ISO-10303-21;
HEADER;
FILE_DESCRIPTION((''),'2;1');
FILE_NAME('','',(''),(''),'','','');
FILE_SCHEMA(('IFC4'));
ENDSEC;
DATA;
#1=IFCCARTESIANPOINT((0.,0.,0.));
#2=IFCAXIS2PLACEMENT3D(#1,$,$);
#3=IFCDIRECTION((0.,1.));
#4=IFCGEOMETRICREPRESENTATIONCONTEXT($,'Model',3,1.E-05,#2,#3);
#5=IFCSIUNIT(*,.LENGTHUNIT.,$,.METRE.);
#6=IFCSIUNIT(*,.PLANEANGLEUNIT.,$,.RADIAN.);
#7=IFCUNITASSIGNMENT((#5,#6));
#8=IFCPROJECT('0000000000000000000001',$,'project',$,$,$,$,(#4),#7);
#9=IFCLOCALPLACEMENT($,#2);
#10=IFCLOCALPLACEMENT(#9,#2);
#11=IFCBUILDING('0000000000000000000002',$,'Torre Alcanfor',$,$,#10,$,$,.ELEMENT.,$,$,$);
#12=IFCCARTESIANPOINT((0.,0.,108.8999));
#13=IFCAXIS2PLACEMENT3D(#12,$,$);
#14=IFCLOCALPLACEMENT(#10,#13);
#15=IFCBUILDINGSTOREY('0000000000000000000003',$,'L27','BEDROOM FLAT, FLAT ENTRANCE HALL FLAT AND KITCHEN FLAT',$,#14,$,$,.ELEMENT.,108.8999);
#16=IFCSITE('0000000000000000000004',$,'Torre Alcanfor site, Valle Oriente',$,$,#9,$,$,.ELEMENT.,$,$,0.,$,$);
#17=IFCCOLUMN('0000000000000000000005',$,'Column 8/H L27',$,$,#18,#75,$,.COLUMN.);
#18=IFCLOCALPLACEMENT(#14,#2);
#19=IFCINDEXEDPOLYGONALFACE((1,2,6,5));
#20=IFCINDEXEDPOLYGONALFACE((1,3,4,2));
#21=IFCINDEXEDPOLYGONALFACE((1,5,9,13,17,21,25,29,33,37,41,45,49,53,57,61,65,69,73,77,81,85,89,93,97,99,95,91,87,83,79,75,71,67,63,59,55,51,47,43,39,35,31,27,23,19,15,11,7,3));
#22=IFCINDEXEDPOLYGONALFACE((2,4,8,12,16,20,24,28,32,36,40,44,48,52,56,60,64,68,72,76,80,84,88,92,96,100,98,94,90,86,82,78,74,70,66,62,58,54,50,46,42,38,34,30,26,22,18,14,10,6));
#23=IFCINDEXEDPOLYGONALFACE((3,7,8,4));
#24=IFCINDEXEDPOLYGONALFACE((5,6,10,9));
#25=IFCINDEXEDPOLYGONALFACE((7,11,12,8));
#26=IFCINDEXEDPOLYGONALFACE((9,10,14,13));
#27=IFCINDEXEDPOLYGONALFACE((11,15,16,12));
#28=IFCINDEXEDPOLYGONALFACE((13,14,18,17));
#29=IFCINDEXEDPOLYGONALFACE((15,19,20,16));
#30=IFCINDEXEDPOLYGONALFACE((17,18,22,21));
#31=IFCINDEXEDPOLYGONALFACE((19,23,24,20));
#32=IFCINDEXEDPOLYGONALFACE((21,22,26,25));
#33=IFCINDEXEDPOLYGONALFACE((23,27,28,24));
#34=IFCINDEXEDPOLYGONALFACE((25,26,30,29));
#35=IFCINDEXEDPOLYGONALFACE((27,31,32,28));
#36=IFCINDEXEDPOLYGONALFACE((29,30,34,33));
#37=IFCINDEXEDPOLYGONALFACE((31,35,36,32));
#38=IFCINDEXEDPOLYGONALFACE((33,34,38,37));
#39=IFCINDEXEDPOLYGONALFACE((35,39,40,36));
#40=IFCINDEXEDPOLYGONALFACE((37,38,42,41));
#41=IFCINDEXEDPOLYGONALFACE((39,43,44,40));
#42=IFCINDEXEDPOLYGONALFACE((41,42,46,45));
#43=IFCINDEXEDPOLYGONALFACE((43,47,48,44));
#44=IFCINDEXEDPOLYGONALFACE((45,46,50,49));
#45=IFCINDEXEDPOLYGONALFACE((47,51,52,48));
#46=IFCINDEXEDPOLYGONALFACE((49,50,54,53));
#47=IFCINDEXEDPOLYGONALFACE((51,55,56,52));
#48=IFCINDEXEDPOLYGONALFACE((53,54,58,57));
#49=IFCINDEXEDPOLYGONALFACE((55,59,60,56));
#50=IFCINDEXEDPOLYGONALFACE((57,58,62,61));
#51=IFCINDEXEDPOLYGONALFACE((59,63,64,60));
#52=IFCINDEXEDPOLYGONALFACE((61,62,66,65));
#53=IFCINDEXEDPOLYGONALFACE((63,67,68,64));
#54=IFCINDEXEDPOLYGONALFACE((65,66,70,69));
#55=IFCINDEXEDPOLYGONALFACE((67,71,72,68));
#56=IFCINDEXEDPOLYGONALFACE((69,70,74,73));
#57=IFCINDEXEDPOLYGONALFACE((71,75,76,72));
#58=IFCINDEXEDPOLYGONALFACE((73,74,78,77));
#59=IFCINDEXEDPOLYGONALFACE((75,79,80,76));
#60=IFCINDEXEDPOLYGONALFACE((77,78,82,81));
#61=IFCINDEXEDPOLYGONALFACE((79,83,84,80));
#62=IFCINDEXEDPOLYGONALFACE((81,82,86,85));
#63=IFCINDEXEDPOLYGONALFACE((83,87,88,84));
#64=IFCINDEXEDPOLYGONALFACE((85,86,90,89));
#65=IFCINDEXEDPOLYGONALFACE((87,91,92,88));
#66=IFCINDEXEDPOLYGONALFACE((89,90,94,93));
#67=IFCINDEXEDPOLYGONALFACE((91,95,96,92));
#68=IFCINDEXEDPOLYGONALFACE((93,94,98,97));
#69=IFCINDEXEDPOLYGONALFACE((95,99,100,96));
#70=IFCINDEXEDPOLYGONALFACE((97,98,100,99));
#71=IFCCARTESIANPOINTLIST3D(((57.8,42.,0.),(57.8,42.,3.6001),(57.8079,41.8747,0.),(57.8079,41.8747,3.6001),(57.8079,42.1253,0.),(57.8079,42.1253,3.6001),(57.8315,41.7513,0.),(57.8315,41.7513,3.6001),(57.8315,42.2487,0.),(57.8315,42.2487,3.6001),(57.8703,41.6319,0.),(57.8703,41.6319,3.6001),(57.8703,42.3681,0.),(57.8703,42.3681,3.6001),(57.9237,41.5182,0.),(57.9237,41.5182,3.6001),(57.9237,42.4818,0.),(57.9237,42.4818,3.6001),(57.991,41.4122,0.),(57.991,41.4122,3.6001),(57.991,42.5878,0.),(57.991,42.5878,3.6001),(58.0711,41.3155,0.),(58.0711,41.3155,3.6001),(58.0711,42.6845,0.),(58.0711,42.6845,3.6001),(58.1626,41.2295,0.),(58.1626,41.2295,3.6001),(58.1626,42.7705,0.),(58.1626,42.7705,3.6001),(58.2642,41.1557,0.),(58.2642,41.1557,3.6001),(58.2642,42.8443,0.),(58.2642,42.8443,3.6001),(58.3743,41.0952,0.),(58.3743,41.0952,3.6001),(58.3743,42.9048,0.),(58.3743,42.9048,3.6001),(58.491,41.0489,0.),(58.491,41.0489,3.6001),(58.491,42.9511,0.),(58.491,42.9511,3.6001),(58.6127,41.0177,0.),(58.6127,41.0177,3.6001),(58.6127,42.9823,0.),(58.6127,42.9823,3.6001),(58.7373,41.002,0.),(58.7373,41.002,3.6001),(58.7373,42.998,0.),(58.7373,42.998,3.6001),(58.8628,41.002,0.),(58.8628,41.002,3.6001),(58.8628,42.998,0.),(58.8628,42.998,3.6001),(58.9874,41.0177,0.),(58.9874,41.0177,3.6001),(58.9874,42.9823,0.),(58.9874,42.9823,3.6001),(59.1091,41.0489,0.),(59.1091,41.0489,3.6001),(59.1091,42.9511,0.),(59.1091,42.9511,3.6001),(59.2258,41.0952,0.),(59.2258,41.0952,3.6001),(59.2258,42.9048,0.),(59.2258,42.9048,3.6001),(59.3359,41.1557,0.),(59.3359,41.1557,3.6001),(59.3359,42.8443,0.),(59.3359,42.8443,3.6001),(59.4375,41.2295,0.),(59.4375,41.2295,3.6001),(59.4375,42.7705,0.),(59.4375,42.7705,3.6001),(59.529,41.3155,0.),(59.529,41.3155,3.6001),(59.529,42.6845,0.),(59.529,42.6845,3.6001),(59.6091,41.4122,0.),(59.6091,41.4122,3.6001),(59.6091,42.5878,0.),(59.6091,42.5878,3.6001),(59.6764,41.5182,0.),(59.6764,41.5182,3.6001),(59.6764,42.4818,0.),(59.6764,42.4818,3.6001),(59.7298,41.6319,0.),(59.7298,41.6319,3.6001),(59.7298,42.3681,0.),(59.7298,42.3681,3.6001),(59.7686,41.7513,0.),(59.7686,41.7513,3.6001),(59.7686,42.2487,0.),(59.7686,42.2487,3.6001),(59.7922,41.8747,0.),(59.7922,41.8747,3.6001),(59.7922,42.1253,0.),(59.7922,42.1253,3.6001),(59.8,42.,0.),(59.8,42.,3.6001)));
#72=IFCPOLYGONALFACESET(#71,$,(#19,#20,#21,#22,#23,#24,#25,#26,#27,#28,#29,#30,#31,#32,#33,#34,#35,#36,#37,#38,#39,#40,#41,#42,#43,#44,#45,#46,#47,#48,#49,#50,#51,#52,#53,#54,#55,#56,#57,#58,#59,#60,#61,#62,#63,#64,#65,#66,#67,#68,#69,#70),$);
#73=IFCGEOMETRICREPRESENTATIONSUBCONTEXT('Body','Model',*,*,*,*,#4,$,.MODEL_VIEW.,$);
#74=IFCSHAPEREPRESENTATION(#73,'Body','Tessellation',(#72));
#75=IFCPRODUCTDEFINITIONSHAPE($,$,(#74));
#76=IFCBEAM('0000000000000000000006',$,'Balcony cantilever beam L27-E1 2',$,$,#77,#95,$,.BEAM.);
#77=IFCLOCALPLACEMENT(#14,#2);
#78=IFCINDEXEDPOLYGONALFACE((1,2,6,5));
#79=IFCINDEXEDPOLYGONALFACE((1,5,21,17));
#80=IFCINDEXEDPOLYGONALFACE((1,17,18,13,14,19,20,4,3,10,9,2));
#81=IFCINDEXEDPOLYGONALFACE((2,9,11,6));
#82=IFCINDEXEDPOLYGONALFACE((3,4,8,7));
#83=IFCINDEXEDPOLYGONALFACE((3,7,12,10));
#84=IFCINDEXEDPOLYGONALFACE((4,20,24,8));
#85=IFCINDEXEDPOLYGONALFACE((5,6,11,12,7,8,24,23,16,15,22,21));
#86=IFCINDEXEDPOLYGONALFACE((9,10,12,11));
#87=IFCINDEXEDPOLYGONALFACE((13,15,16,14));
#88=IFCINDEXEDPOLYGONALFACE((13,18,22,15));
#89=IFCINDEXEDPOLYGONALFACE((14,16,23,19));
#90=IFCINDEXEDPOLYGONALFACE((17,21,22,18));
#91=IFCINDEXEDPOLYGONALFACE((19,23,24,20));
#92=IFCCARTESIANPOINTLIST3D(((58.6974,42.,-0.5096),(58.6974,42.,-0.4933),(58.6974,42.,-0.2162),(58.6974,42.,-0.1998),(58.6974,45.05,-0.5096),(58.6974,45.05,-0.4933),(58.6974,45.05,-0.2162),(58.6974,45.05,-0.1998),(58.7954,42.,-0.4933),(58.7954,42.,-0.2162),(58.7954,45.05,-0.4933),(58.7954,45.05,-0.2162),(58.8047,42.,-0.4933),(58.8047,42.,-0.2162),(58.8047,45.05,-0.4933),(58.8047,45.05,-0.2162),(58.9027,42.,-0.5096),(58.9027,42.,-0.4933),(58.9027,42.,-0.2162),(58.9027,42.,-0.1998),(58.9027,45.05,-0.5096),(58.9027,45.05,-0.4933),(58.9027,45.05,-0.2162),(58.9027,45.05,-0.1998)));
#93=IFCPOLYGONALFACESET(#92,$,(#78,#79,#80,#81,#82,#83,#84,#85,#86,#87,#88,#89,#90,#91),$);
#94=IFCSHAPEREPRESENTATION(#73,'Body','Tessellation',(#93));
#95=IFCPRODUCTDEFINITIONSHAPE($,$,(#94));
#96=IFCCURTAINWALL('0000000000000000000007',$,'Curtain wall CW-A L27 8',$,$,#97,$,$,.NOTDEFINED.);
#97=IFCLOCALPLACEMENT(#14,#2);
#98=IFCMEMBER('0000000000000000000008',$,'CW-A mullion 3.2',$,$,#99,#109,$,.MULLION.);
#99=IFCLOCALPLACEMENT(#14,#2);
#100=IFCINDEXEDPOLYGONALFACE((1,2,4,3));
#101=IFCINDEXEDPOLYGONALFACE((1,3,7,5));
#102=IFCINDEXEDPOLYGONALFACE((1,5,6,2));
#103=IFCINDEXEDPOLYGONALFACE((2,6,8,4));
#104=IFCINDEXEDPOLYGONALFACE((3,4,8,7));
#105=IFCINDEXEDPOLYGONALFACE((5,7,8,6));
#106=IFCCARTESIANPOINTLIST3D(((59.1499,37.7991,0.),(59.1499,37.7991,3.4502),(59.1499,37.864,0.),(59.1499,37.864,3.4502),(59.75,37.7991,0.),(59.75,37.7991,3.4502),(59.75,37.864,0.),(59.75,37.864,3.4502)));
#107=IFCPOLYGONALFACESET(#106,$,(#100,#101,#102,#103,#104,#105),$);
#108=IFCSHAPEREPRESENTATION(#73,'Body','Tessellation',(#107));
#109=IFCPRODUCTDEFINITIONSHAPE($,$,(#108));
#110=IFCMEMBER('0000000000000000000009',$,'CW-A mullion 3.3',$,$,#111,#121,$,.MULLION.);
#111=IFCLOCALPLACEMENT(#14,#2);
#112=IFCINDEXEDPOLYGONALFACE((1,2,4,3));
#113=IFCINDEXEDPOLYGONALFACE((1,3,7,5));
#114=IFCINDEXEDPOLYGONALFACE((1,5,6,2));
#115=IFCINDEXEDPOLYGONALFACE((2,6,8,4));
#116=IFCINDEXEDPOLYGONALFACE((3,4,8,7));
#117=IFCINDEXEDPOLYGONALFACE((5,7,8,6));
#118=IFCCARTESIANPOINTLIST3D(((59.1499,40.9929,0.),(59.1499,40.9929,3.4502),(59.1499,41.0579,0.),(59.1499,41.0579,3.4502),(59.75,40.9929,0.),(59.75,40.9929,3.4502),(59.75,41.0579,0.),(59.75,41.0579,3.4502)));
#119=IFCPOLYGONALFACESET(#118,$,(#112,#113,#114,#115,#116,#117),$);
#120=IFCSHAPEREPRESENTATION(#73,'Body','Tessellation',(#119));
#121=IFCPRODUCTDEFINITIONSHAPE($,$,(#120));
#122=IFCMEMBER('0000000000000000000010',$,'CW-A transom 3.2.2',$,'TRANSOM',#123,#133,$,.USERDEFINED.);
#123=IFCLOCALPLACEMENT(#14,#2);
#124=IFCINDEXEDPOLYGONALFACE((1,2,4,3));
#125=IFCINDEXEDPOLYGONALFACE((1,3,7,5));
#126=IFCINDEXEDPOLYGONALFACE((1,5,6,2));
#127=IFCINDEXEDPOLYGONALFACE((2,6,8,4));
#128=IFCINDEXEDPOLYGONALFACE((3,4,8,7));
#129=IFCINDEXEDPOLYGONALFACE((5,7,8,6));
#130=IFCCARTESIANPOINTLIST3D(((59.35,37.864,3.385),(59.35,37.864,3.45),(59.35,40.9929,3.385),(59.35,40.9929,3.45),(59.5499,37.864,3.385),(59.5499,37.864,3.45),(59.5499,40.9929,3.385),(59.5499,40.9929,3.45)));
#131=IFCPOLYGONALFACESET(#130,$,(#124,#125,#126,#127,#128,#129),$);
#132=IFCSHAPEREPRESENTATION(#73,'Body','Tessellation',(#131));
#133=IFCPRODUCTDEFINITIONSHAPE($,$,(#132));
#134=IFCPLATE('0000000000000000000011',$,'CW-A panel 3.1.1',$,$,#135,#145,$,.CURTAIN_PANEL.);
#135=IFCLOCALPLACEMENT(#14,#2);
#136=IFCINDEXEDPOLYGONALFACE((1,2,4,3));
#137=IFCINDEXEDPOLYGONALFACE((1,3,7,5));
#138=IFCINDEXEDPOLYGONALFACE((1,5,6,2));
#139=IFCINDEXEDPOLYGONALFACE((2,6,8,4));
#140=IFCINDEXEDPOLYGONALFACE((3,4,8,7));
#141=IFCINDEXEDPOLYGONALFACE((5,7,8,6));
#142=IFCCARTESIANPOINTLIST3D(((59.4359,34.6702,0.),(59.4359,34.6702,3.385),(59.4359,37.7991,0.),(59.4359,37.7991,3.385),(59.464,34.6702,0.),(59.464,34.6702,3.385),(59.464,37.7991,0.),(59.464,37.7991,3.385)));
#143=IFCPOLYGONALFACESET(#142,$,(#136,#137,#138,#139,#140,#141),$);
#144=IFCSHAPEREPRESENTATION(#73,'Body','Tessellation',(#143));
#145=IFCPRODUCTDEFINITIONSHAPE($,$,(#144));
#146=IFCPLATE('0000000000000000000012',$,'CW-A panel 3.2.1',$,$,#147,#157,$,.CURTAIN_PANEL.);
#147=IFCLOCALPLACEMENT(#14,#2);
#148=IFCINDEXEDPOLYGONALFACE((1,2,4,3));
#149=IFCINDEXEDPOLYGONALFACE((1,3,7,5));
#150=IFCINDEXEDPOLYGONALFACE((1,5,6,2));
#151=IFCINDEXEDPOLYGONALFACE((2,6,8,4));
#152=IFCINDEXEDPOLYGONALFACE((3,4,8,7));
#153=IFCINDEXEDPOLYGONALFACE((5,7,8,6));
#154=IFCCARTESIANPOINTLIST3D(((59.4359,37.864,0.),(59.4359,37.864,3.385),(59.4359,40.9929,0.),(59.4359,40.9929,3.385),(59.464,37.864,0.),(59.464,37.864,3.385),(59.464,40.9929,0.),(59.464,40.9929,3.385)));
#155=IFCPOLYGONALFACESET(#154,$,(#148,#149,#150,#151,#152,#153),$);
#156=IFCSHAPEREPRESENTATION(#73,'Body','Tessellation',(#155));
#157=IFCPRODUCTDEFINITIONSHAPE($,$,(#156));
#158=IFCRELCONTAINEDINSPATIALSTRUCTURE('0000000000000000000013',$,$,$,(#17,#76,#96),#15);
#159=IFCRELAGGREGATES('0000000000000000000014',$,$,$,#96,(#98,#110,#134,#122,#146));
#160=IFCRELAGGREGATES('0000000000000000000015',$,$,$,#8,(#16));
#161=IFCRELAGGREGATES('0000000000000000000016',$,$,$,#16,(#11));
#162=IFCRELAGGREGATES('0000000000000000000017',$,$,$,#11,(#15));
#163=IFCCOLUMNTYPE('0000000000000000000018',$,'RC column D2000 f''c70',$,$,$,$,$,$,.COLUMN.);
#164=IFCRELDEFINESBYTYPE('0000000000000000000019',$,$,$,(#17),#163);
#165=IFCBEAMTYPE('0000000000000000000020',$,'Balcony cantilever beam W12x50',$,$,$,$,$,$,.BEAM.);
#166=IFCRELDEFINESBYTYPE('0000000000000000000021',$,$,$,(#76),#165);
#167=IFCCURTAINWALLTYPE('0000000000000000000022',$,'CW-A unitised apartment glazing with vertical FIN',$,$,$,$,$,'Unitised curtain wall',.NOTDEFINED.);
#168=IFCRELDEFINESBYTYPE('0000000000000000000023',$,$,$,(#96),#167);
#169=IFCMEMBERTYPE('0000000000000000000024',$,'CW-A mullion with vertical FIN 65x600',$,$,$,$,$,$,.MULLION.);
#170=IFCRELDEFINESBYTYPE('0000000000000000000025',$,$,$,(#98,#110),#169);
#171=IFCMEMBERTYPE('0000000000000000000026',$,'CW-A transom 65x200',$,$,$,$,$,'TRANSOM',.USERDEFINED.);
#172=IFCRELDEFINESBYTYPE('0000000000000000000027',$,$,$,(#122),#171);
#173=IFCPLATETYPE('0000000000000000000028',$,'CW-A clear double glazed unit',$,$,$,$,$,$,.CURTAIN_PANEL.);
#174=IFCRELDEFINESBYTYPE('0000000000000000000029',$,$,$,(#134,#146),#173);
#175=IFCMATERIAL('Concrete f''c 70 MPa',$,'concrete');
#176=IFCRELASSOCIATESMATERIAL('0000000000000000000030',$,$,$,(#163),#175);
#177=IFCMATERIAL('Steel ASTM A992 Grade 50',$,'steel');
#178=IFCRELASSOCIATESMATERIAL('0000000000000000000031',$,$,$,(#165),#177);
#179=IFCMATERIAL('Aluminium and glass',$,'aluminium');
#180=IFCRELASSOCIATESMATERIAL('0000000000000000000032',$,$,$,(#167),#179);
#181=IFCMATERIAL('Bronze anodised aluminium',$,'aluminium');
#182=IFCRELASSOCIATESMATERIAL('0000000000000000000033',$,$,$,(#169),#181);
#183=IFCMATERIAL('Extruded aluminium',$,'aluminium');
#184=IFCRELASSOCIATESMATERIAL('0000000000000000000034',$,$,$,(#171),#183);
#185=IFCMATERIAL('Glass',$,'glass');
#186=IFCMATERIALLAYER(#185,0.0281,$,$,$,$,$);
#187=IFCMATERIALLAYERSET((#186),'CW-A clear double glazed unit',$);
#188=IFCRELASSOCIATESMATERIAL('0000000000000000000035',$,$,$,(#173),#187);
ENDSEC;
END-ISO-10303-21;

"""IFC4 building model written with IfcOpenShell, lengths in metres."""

from ifc_helpers import new_model, si_unit, direction, frame, origin, origin_2d, place, context, subcontext, project, spatial, rectangle, circle, i_section, extrude, material, layer, layer_set, material_profile, profile_set, type_object, element, aggregate, save


model = new_model("IFC4")

# Units and contexts
model_context = context("Model", 3, precision=1e-05, world=origin(), true_north=direction((0.0, 1.0)))
body_context = subcontext(model_context, "Body", "Model", "MODEL_VIEW")
ifc_project = project(units=[si_unit("LENGTHUNIT", "METRE"), si_unit("PLANEANGLEUNIT", "RADIAN")], contexts=[model_context])

# Site, building, storey
site_placement = place(None, origin())
site = spatial("IfcSite", under=ifc_project, at=site_placement, Name="Torre Alcanfor site, Valle Oriente", CompositionType="ELEMENT", RefElevation=0.0)
building_placement = place(site_placement, origin())
building = spatial("IfcBuilding", under=site, at=building_placement, Name="Torre Alcanfor", CompositionType="ELEMENT")
storey_placement = place(building_placement, frame((0.0, 0.0, 108.8999)))
storey = spatial("IfcBuildingStorey", under=building, at=storey_placement, Name="L27", Description="BEDROOM FLAT, FLAT ENTRANCE HALL FLAT AND KITCHEN FLAT", CompositionType="ELEMENT", Elevation=108.8999)

# Column
ifc_material_1 = material(Name="Concrete f'c 70 MPa", Category="concrete")
ifc_material_profile_1 = material_profile(ifc_material_1, circle(Radius=1.0, at=origin_2d()), Name="D2000")
ifc_profile_set_1 = profile_set([ifc_material_profile_1], Name="Concrete f'c 70 MPa")
column_type = type_object("IfcColumnType", Name="RC column D2000 f'c70", PredefinedType="COLUMN", material=ifc_profile_set_1)
column_placement = place(storey_placement, frame((58.8, 42.0, 0.0), z_axis=(0.0, 0.0, 1.0), x_axis=(1.0, 0.0, 0.0)))
element("IfcColumn", 1, at=column_placement, inside=storey, type_object=column_type, Name="Column 8/H L27", PredefinedType="COLUMN", context=body_context, shape_type="SweptSolid", body=[
    extrude(circle(Radius=1.0, at=origin_2d()), origin(), (0.0, 0.0, 1.0), 3.6001),
])

# Beam
ifc_material_2 = material(Name="Steel ASTM A992 Grade 50", Category="steel")
ifc_material_profile_2 = material_profile(ifc_material_2, i_section(OverallWidth=0.2053, OverallDepth=0.3098, WebThickness=0.0093, FlangeThickness=0.0164, at=origin_2d()), Name="W12x50")
ifc_profile_set_2 = profile_set([ifc_material_profile_2], Name="Steel ASTM A992 Grade 50")
beam_type = type_object("IfcBeamType", Name="Balcony cantilever beam W12x50", PredefinedType="BEAM", material=ifc_profile_set_2)
beam_placement = place(storey_placement, frame((58.8, 42.0, -0.3547), z_axis=(0.0, 1.0, 0.0), x_axis=(-1.0, 0.0, 0.0)))
element("IfcBeam", 2, at=beam_placement, inside=storey, type_object=beam_type, Name="Balcony cantilever beam L27-E1 2", PredefinedType="BEAM", context=body_context, shape_type="SweptSolid", body=[
    extrude(i_section(OverallWidth=0.2053, OverallDepth=0.3098, WebThickness=0.0093, FlangeThickness=0.0164, at=origin_2d()), origin(), (0.0, 0.0, 1.0), 3.05),
])

# Curtain wall, members, plates
ifc_material_3 = material(Name="Aluminium and glass", Category="aluminium")
curtain_wall_type = type_object("IfcCurtainWallType", Name="CW-A unitised apartment glazing with vertical FIN", ElementType="Unitised curtain wall", PredefinedType="NOTDEFINED", material=ifc_material_3)
curtain_wall_placement = place(storey_placement, origin())
curtain_wall = element("IfcCurtainWall", 3, at=curtain_wall_placement, inside=storey, type_object=curtain_wall_type, Name="Curtain wall CW-A L27 8", PredefinedType="NOTDEFINED")
ifc_material_4 = material(Name="Bronze anodised aluminium", Category="aluminium")
ifc_material_profile_3 = material_profile(ifc_material_4, rectangle(XDim=0.6001, YDim=0.0649, at=origin_2d()), Name="CW-A mullion 65x600")
ifc_profile_set_3 = profile_set([ifc_material_profile_3], Name="Bronze anodised aluminium")
member_type_1 = type_object("IfcMemberType", Name="CW-A mullion with vertical FIN 65x600", PredefinedType="MULLION", material=ifc_profile_set_3)
member_1_placement = place(storey_placement, frame((59.45, 37.8315, 0.0), z_axis=(0.0, 0.0, 1.0), x_axis=(-1.0, 0.0, 0.0)))
member_1 = element("IfcMember", 4, at=member_1_placement, type_object=member_type_1, Name="CW-A mullion 3.2", PredefinedType="MULLION", context=body_context, shape_type="SweptSolid", body=[
    extrude(rectangle(XDim=0.6001, YDim=0.0649, at=origin_2d()), origin(), (0.0, 0.0, 1.0), 3.4502),
])
member_2_placement = place(storey_placement, frame((59.45, 41.0254, 0.0), z_axis=(0.0, 0.0, 1.0), x_axis=(-1.0, 0.0, 0.0)))
member_2 = element("IfcMember", 5, at=member_2_placement, type_object=member_type_1, Name="CW-A mullion 3.3", PredefinedType="MULLION", context=body_context, shape_type="SweptSolid", body=[
    extrude(rectangle(XDim=0.6001, YDim=0.0649, at=origin_2d()), origin(), (0.0, 0.0, 1.0), 3.4502),
])
ifc_material_5 = material(Name="Extruded aluminium", Category="aluminium")
ifc_material_profile_4 = material_profile(ifc_material_5, rectangle(XDim=0.2, YDim=0.0649, at=origin_2d()), Name="CW-A transom 200x65")
ifc_profile_set_4 = profile_set([ifc_material_profile_4], Name="Extruded aluminium")
member_type_2 = type_object("IfcMemberType", Name="CW-A transom 65x200", ElementType="TRANSOM", PredefinedType="USERDEFINED", material=ifc_profile_set_4)
member_3_placement = place(storey_placement, frame((59.45, 37.864, 3.4175), z_axis=(0.0, 1.0, 0.0), x_axis=(-1.0, 0.0, 0.0)))
member_3 = element("IfcMember", 6, at=member_3_placement, type_object=member_type_2, Name="CW-A transom 3.2.2", ObjectType="TRANSOM", PredefinedType="USERDEFINED", context=body_context, shape_type="SweptSolid", body=[
    extrude(rectangle(XDim=0.2, YDim=0.0649, at=origin_2d()), origin(), (0.0, 0.0, 1.0), 3.1289),
])
ifc_material_6 = material(Name="Glass", Category="glass")
ifc_layer_1 = layer(ifc_material_6, 0.0281)
ifc_layer_set_1 = layer_set([ifc_layer_1], Name="CW-A clear double glazed unit")
plate_type = type_object("IfcPlateType", Name="CW-A clear double glazed unit", PredefinedType="CURTAIN_PANEL", material=ifc_layer_set_1)
plate_1_placement = place(storey_placement, frame((59.45, 36.2346, 0.0), z_axis=(0.0, 0.0, 1.0), x_axis=(0.0, 1.0, 0.0)))
plate_1 = element("IfcPlate", 7, at=plate_1_placement, type_object=plate_type, Name="CW-A panel 3.1.1", PredefinedType="CURTAIN_PANEL", context=body_context, shape_type="SweptSolid", body=[
    extrude(rectangle(XDim=3.1289, YDim=0.0281, at=origin_2d()), origin(), (0.0, 0.0, 1.0), 3.385),
])
plate_2_placement = place(storey_placement, frame((59.45, 39.4285, 0.0), z_axis=(0.0, 0.0, 1.0), x_axis=(0.0, 1.0, 0.0)))
plate_2 = element("IfcPlate", 8, at=plate_2_placement, type_object=plate_type, Name="CW-A panel 3.2.1", PredefinedType="CURTAIN_PANEL", context=body_context, shape_type="SweptSolid", body=[
    extrude(rectangle(XDim=3.1289, YDim=0.0281, at=origin_2d()), origin(), (0.0, 0.0, 1.0), 3.385),
])
aggregate(curtain_wall, [member_1, member_2, plate_1, member_3, plate_2])

save(model, "model.ifc")
